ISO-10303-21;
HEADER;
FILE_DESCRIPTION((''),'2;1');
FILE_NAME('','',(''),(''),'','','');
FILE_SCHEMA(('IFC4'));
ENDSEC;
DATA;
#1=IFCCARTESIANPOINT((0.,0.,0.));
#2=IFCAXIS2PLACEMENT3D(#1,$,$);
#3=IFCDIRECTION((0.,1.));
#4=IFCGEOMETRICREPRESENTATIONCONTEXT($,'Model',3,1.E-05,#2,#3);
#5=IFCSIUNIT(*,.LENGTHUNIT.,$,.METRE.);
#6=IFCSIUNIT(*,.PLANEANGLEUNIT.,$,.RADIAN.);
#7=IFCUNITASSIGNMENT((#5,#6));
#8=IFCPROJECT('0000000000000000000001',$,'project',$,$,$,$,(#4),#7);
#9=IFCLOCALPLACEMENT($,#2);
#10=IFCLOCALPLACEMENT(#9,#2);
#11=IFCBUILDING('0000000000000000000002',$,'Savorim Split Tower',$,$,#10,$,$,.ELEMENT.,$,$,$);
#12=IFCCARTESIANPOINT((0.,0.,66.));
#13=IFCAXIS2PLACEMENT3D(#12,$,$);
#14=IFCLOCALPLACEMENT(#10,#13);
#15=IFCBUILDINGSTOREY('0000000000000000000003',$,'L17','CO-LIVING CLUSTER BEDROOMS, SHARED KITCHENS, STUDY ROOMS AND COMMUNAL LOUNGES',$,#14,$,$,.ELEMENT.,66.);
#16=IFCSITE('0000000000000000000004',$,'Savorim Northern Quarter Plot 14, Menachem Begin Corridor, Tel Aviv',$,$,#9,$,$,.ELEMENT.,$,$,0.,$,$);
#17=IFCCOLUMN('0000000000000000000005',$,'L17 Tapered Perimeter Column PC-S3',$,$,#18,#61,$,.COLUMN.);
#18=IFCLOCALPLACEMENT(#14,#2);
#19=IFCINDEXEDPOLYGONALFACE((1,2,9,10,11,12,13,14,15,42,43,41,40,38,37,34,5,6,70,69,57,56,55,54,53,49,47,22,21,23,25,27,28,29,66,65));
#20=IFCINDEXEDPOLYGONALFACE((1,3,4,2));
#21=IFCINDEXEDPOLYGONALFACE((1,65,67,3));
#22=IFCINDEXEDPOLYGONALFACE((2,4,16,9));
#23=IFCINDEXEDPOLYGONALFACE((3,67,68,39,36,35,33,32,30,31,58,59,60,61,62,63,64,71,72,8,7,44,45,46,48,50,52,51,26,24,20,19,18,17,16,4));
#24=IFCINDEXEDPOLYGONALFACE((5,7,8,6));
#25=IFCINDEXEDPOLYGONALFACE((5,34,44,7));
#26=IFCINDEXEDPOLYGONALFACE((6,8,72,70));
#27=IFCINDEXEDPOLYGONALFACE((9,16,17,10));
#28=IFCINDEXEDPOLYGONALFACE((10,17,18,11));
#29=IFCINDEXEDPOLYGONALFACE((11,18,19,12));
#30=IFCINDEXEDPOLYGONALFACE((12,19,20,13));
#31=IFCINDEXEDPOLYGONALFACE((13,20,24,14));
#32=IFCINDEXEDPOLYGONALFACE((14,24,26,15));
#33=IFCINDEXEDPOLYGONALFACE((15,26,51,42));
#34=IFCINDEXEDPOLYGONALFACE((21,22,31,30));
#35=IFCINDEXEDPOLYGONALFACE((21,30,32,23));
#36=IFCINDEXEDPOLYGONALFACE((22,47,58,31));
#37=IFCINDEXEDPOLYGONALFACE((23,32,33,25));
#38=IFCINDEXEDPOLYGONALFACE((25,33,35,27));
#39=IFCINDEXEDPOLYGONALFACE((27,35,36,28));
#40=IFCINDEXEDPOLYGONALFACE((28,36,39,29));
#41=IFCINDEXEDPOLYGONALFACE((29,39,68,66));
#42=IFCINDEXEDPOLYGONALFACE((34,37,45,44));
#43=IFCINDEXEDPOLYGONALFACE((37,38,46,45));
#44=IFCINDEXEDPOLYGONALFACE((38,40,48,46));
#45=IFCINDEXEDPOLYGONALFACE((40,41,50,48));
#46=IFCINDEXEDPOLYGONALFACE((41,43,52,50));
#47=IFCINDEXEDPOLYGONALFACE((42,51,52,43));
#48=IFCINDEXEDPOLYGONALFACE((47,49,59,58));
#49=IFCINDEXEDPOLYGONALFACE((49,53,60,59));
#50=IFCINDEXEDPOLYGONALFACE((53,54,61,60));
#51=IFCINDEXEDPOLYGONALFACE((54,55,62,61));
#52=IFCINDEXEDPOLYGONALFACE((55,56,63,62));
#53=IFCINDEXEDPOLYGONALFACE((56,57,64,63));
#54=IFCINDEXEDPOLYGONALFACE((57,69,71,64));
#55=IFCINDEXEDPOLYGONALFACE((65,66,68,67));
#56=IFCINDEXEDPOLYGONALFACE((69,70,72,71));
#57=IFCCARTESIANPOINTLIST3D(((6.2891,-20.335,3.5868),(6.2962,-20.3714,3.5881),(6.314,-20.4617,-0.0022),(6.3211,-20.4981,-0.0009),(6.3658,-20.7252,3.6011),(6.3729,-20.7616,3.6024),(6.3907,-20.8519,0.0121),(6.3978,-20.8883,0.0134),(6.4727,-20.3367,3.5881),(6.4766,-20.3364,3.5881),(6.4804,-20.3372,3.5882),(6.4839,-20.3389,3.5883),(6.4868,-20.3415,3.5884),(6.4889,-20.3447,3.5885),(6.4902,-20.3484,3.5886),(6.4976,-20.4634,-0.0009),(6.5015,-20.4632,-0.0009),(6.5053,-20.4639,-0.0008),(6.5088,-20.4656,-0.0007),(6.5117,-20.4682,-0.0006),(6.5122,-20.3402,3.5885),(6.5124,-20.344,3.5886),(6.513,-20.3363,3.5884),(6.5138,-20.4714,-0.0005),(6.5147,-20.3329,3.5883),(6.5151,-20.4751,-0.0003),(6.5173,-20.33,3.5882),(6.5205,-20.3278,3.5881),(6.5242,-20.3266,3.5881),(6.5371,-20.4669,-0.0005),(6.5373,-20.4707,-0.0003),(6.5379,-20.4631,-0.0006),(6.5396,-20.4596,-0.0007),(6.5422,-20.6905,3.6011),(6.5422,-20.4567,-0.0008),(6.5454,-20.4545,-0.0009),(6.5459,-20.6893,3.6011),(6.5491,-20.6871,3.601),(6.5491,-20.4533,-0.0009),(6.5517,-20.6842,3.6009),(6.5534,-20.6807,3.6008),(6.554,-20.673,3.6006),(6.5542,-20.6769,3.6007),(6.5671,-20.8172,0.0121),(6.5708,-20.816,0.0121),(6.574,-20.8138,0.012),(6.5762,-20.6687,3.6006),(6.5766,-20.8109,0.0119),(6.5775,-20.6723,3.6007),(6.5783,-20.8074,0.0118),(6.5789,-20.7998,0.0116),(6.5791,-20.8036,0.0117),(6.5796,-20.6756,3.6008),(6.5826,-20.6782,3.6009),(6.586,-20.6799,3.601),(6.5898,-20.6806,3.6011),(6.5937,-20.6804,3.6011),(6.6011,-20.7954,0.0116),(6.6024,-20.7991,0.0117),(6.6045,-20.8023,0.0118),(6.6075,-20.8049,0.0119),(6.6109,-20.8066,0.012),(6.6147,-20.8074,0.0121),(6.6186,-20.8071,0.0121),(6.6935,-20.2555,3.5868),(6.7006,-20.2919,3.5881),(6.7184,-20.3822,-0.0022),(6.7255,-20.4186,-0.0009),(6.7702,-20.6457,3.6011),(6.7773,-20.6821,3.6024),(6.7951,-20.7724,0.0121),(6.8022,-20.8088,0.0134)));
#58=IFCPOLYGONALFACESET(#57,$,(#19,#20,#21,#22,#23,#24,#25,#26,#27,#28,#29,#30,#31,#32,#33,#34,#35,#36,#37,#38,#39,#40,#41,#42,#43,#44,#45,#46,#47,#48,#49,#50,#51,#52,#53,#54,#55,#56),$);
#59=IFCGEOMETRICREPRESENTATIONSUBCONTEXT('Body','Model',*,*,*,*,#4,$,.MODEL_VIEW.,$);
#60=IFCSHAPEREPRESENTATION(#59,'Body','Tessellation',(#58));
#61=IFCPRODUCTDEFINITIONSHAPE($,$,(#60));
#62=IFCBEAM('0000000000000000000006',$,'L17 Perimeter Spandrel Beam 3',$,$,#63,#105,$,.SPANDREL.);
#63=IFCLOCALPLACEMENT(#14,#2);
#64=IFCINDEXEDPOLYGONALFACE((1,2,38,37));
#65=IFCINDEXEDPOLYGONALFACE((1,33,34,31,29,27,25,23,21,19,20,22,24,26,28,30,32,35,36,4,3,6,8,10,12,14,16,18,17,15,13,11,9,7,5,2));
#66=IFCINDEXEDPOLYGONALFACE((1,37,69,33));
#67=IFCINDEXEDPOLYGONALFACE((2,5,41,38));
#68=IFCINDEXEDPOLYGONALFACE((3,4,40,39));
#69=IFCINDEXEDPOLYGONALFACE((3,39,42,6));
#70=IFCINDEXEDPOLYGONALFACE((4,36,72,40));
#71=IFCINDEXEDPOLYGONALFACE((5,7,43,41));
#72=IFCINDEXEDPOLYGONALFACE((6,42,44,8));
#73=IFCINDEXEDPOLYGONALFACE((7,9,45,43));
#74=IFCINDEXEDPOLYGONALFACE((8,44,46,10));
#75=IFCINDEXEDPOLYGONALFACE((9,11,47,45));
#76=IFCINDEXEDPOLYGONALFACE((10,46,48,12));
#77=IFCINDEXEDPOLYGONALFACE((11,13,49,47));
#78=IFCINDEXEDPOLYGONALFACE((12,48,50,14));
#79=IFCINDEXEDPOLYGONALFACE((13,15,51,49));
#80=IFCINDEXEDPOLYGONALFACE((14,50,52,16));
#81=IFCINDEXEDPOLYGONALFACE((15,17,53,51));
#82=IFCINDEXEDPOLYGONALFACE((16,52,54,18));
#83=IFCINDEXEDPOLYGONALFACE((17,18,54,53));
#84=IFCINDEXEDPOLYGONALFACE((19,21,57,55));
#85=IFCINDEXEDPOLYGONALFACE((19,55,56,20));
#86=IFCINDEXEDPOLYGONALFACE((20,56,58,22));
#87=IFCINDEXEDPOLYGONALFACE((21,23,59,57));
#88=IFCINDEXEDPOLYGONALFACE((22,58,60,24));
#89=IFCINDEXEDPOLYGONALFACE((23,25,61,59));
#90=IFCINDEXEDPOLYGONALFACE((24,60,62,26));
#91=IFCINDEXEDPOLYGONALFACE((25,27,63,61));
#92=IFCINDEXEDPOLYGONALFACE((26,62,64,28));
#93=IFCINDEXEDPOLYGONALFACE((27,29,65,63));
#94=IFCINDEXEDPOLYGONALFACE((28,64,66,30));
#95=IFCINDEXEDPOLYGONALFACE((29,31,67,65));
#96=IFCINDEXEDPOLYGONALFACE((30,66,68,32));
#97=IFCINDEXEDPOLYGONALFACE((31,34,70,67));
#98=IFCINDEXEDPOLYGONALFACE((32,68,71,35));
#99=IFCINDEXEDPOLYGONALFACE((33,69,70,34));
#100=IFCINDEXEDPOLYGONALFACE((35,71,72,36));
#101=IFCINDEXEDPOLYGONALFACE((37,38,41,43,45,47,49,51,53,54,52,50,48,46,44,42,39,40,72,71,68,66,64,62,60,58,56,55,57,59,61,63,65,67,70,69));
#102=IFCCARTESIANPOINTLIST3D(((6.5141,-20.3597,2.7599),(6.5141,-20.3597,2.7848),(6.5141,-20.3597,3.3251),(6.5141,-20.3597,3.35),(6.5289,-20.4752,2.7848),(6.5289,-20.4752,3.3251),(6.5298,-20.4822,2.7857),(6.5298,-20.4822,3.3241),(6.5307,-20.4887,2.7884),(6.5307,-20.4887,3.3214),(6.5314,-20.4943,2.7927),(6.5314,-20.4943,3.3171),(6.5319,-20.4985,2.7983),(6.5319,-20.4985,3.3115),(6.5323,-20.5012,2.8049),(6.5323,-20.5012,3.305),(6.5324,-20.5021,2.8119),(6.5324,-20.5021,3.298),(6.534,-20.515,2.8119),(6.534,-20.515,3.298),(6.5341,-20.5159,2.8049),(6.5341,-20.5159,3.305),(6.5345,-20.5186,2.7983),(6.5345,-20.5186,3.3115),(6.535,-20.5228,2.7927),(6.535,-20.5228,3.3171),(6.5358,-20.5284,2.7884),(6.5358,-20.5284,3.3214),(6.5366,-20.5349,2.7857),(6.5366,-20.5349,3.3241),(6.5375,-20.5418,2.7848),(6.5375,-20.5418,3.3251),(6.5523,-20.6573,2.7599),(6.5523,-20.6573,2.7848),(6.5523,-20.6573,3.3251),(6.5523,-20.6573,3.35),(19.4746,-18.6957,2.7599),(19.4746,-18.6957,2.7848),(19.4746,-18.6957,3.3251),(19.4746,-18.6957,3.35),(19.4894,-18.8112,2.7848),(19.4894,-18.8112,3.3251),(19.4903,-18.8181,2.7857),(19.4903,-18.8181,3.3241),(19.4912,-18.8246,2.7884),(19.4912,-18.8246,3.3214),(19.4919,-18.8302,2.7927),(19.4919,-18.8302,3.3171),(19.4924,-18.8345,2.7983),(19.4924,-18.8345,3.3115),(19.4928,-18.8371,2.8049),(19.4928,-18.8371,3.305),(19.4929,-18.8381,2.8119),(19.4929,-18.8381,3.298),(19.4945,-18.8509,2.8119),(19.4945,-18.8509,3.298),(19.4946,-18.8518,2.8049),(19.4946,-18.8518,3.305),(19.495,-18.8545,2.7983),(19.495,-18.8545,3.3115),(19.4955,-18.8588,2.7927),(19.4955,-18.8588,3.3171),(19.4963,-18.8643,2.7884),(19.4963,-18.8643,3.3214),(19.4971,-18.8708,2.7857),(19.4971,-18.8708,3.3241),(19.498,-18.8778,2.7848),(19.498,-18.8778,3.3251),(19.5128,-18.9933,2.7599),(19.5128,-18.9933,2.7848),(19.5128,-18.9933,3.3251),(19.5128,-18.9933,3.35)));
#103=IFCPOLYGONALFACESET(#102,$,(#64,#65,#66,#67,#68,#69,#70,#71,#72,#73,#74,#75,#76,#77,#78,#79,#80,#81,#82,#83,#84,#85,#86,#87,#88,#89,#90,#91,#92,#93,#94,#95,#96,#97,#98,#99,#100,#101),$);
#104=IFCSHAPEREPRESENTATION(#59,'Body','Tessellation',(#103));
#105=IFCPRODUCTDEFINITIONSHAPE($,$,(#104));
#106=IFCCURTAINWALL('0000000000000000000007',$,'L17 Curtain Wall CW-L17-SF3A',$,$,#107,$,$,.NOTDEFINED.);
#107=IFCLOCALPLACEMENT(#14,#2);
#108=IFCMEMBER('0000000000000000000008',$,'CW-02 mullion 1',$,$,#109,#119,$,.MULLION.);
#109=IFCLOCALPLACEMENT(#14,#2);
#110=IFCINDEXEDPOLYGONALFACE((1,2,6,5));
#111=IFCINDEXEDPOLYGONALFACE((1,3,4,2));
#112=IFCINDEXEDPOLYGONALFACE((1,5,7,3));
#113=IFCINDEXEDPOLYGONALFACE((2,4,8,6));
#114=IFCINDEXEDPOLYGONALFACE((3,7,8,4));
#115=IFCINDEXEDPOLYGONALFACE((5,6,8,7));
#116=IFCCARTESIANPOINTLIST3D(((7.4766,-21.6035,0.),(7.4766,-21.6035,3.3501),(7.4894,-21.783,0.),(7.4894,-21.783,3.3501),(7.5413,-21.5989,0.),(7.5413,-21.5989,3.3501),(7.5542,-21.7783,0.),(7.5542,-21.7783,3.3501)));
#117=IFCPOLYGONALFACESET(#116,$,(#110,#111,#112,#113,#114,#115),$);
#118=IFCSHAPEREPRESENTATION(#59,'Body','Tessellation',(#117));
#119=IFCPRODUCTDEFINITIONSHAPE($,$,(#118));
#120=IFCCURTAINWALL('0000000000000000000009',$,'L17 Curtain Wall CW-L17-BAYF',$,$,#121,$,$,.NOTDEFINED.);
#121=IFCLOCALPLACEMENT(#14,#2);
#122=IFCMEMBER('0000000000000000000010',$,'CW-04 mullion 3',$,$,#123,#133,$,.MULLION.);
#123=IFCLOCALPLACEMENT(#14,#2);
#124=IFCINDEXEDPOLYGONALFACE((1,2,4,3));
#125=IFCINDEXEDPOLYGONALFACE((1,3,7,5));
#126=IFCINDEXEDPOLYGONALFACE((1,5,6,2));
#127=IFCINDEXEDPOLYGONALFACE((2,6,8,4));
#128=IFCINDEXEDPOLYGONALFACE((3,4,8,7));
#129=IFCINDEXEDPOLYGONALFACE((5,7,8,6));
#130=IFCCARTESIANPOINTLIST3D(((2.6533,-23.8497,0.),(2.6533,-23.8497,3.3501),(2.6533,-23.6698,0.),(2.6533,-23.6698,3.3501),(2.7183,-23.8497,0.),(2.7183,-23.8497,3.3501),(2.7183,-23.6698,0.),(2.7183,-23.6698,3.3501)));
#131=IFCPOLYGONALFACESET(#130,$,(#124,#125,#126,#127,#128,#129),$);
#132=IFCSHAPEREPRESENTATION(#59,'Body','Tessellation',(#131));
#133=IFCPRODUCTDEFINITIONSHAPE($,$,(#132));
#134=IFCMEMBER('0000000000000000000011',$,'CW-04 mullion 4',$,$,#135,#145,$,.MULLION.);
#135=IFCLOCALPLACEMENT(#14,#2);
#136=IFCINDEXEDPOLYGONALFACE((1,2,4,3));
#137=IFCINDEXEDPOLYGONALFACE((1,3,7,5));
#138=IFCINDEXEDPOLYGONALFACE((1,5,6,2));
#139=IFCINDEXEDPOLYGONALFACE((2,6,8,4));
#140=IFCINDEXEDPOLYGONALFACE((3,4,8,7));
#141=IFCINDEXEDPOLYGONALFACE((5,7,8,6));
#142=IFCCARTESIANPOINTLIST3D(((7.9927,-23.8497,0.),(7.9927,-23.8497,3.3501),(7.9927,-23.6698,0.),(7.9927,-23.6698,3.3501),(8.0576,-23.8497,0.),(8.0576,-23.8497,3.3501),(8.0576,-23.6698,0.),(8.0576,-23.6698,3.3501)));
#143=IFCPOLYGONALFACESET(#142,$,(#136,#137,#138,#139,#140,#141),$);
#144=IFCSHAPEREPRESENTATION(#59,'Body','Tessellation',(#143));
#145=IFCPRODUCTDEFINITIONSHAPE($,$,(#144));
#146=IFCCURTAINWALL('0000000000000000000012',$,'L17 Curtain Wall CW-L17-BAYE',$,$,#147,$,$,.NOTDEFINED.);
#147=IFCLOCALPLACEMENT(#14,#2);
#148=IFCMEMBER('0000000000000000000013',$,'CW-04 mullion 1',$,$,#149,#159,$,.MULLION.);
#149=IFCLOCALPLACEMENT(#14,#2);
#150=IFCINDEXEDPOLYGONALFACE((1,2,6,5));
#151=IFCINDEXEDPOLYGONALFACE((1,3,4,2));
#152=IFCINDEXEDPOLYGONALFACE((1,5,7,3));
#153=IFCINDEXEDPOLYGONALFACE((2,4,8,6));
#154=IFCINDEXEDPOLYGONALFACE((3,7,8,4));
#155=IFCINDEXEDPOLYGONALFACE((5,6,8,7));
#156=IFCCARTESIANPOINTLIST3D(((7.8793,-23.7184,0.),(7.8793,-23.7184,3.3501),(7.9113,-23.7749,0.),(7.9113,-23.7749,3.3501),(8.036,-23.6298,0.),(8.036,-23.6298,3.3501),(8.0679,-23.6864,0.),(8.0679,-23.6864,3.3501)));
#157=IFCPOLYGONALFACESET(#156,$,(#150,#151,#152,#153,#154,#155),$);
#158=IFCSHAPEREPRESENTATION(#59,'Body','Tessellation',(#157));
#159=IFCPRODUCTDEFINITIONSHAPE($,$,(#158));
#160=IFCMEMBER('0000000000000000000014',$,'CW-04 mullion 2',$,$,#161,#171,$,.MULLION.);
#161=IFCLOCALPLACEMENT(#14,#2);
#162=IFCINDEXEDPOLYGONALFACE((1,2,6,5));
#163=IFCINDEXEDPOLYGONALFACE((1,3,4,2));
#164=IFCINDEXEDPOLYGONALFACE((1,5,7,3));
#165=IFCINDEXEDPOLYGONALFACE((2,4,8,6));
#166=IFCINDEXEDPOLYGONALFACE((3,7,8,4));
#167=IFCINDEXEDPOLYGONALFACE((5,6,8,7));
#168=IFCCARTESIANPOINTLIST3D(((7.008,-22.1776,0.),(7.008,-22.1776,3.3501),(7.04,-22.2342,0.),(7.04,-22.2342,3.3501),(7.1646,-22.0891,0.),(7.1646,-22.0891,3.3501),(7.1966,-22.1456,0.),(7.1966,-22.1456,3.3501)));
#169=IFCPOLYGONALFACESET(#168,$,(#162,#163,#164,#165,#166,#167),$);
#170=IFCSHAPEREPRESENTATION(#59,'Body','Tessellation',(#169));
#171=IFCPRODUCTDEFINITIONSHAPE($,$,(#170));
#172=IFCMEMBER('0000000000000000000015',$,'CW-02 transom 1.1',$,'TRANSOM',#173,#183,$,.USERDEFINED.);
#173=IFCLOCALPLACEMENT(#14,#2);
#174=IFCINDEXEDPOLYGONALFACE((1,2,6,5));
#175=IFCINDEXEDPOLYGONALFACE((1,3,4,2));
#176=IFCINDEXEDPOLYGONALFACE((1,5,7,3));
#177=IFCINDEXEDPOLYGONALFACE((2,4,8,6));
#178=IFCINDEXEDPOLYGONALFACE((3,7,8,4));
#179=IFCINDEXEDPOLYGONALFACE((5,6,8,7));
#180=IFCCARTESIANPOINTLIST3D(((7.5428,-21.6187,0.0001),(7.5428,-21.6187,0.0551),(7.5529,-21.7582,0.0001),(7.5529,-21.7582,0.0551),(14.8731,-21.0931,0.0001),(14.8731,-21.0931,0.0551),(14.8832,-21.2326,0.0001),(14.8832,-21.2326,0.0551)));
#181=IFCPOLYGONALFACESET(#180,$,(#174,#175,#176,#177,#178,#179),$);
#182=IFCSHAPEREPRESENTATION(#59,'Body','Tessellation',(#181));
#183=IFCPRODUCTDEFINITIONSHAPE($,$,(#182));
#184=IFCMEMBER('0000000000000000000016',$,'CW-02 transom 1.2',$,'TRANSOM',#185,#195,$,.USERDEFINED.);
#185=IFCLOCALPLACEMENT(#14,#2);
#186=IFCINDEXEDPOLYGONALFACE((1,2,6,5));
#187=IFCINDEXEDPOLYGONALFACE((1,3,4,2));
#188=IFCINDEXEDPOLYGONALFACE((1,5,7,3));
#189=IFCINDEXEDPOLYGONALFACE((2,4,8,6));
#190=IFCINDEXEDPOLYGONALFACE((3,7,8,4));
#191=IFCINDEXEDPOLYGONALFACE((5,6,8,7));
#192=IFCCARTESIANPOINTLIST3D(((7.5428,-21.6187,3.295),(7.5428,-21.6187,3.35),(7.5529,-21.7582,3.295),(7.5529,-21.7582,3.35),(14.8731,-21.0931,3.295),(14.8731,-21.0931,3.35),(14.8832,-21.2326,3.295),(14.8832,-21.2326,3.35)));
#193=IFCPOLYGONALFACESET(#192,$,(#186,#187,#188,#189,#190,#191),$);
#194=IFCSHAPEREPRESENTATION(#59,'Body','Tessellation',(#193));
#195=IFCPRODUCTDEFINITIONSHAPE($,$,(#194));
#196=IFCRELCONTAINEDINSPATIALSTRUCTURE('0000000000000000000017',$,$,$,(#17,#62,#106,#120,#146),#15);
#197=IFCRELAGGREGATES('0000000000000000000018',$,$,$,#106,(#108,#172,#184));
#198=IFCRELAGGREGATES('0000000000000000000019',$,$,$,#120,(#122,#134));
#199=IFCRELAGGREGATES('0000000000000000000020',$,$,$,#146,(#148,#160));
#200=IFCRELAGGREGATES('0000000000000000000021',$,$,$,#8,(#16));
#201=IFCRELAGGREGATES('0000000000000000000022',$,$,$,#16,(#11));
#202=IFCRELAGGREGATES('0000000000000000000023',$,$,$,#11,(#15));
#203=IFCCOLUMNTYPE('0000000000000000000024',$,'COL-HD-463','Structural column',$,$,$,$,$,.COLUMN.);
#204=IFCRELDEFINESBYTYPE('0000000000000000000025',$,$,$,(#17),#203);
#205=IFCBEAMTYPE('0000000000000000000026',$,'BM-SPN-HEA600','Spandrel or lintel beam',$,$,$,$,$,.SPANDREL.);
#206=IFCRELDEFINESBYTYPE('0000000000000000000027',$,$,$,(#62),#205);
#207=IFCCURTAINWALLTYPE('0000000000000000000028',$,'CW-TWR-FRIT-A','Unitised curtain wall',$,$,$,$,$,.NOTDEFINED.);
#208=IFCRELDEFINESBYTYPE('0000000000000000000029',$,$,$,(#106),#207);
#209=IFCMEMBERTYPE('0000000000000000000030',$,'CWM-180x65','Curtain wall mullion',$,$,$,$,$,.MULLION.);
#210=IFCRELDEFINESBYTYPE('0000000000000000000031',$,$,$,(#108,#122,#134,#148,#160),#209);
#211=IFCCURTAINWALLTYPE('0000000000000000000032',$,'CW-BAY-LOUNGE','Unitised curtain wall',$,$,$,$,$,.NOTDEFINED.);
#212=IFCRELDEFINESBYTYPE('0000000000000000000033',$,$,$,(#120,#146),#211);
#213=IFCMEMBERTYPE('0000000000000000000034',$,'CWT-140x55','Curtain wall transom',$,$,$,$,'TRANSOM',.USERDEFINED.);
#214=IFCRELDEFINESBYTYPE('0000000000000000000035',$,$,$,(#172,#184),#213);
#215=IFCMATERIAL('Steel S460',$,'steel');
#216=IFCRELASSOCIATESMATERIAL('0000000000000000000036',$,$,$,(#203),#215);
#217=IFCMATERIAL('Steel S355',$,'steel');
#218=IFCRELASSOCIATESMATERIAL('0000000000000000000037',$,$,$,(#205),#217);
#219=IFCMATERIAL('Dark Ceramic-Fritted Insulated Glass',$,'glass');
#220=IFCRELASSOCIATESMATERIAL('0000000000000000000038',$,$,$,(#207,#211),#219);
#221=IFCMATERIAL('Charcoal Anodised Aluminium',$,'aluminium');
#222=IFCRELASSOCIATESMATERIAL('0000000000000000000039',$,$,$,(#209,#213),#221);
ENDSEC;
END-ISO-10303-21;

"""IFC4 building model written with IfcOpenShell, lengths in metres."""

from ifc_helpers import new_model, si_unit, direction, frame, origin, origin_2d, place, context, subcontext, project, spatial, rectangle, i_section, extrude, material, material_profile, profile_set, type_object, element, aggregate, save


model = new_model("IFC4")

# Units and contexts
model_context = context("Model", 3, precision=1e-05, world=origin(), true_north=direction((0.0, 1.0)))
body_context = subcontext(model_context, "Body", "Model", "MODEL_VIEW")
ifc_project = project(units=[si_unit("LENGTHUNIT", "METRE"), si_unit("PLANEANGLEUNIT", "RADIAN")], contexts=[model_context])

# Site, building, storey
site_placement = place(None, origin())
site = spatial("IfcSite", under=ifc_project, at=site_placement, Name="Savorim Northern Quarter Plot 14, Menachem Begin Corridor, Tel Aviv", CompositionType="ELEMENT", RefElevation=0.0)
building_placement = place(site_placement, origin())
building = spatial("IfcBuilding", under=site, at=building_placement, Name="Savorim Split Tower", CompositionType="ELEMENT")
storey_placement = place(building_placement, frame((0.0, 0.0, 66.0)))
storey = spatial("IfcBuildingStorey", under=building, at=storey_placement, Name="L17", Description="CO-LIVING CLUSTER BEDROOMS, SHARED KITCHENS, STUDY ROOMS AND COMMUNAL LOUNGES", CompositionType="ELEMENT", Elevation=66.0)

# Column
ifc_material_1 = material(Name="Steel S460", Category="steel")
ifc_material_profile_1 = material_profile(ifc_material_1, i_section(OverallWidth=0.4121, OverallDepth=0.4351, WebThickness=0.0227, FlangeThickness=0.0371, FilletRadius=0.0149, at=origin_2d()), Name="HD 400x463")
ifc_profile_set_1 = profile_set([ifc_material_profile_1], Name="Steel S460")
column_type = type_object("IfcColumnType", Name="COL-HD-463", Description="Structural column", PredefinedType="COLUMN", material=ifc_profile_set_1)
column_placement = place(storey_placement, frame((6.5581, -20.6353, 0.0056), z_axis=(-0.006934, 0.035283, 0.999353), x_axis=(-0.98123, -0.192843, 0.0)))
element("IfcColumn", 1, at=column_placement, inside=storey, type_object=column_type, Name="L17 Tapered Perimeter Column PC-S3", PredefinedType="COLUMN", context=body_context, shape_type="SweptSolid", body=[
    extrude(i_section(OverallWidth=0.4121, OverallDepth=0.4351, WebThickness=0.0227, FlangeThickness=0.0371, FilletRadius=0.0149, at=origin_2d()), origin(), (0.0, 0.0, 1.0), 3.5913),
])

# Beam
ifc_material_2 = material(Name="Steel S355", Category="steel")
ifc_material_profile_2 = material_profile(ifc_material_2, i_section(OverallWidth=0.3, OverallDepth=0.5901, WebThickness=0.0129, FlangeThickness=0.0249, FilletRadius=0.0271, at=origin_2d()), Name="HEA 600")
ifc_profile_set_2 = profile_set([ifc_material_profile_2], Name="Steel S355")
beam_type = type_object("IfcBeamType", Name="BM-SPN-HEA600", Description="Spandrel or lintel beam", PredefinedType="SPANDREL", material=ifc_profile_set_2)
beam_placement = place(storey_placement, frame((6.5332, -20.5085, 3.0549), z_axis=(0.991858, 0.12735, 0.0), x_axis=(-0.12735, 0.991858, 0.0)))
element("IfcBeam", 2, at=beam_placement, inside=storey, type_object=beam_type, Name="L17 Perimeter Spandrel Beam 3", PredefinedType="SPANDREL", context=body_context, shape_type="SweptSolid", body=[
    extrude(i_section(OverallWidth=0.3, OverallDepth=0.5901, WebThickness=0.0129, FlangeThickness=0.0249, FilletRadius=0.0271, at=origin_2d()), origin(), (0.0, 0.0, 1.0), 13.0669),
])

# Curtain wall, member
ifc_material_3 = material(Name="Dark Ceramic-Fritted Insulated Glass", Category="glass")
curtain_wall_type_1 = type_object("IfcCurtainWallType", Name="CW-TWR-FRIT-A", Description="Unitised curtain wall", PredefinedType="NOTDEFINED", material=ifc_material_3)
curtain_wall_1_placement = place(storey_placement, origin())
curtain_wall_1 = element("IfcCurtainWall", 3, at=curtain_wall_1_placement, inside=storey, type_object=curtain_wall_type_1, Name="L17 Curtain Wall CW-L17-SF3A", PredefinedType="NOTDEFINED")
ifc_material_4 = material(Name="Charcoal Anodised Aluminium", Category="aluminium")
ifc_material_profile_3 = material_profile(ifc_material_4, rectangle(XDim=0.1799, YDim=0.0649, at=origin_2d()), Name="ALU-M 180x65")
ifc_profile_set_3 = profile_set([ifc_material_profile_3], Name="Charcoal Anodised Aluminium")
member_type_1 = type_object("IfcMemberType", Name="CWM-180x65", Description="Curtain wall mullion", PredefinedType="MULLION", material=ifc_profile_set_3)
member_1_placement = place(storey_placement, frame((7.5154, -21.6909, 0.0), z_axis=(0.0, 0.0, 1.0), x_axis=(-0.071546, 0.997437, 0.0)))
member_1 = element("IfcMember", 4, at=member_1_placement, type_object=member_type_1, Name="CW-02 mullion 1", PredefinedType="MULLION", context=body_context, shape_type="SweptSolid", body=[
    extrude(rectangle(XDim=0.1799, YDim=0.0649, at=origin_2d()), origin(), (0.0, 0.0, 1.0), 3.3501),
])

# Curtain walls, members
curtain_wall_type_2 = type_object("IfcCurtainWallType", Name="CW-BAY-LOUNGE", Description="Unitised curtain wall", PredefinedType="NOTDEFINED", material=ifc_material_3)
curtain_wall_2_placement = place(storey_placement, origin())
curtain_wall_2 = element("IfcCurtainWall", 5, at=curtain_wall_2_placement, inside=storey, type_object=curtain_wall_type_2, Name="L17 Curtain Wall CW-L17-BAYF", PredefinedType="NOTDEFINED")
member_2_placement = place(storey_placement, frame((2.6858, -23.7598, 0.0), z_axis=(0.0, 0.0, 1.0), x_axis=(0.0, 1.0, 0.0)))
member_2 = element("IfcMember", 6, at=member_2_placement, type_object=member_type_1, Name="CW-04 mullion 3", PredefinedType="MULLION", context=body_context, shape_type="SweptSolid", body=[
    extrude(rectangle(XDim=0.1799, YDim=0.0649, at=origin_2d()), origin(), (0.0, 0.0, 1.0), 3.3501),
])
member_3_placement = place(storey_placement, frame((8.0251, -23.7598, 0.0), z_axis=(0.0, 0.0, 1.0), x_axis=(0.0, 1.0, 0.0)))
member_3 = element("IfcMember", 7, at=member_3_placement, type_object=member_type_1, Name="CW-04 mullion 4", PredefinedType="MULLION", context=body_context, shape_type="SweptSolid", body=[
    extrude(rectangle(XDim=0.1799, YDim=0.0649, at=origin_2d()), origin(), (0.0, 0.0, 1.0), 3.3501),
])
curtain_wall_3_placement = place(storey_placement, origin())
curtain_wall_3 = element("IfcCurtainWall", 8, at=curtain_wall_3_placement, inside=storey, type_object=curtain_wall_type_2, Name="L17 Curtain Wall CW-L17-BAYE", PredefinedType="NOTDEFINED")
member_4_placement = place(storey_placement, frame((7.9736, -23.7024, 0.0), z_axis=(0.0, 0.0, 1.0), x_axis=(-0.870451, -0.492255, 0.0)))
member_4 = element("IfcMember", 9, at=member_4_placement, type_object=member_type_1, Name="CW-04 mullion 1", PredefinedType="MULLION", context=body_context, shape_type="SweptSolid", body=[
    extrude(rectangle(XDim=0.1799, YDim=0.0649, at=origin_2d()), origin(), (0.0, 0.0, 1.0), 3.3501),
])
member_5_placement = place(storey_placement, frame((7.1023, -22.1616, 0.0), z_axis=(0.0, 0.0, 1.0), x_axis=(-0.870451, -0.492255, 0.0)))
member_5 = element("IfcMember", 10, at=member_5_placement, type_object=member_type_1, Name="CW-04 mullion 2", PredefinedType="MULLION", context=body_context, shape_type="SweptSolid", body=[
    extrude(rectangle(XDim=0.1799, YDim=0.0649, at=origin_2d()), origin(), (0.0, 0.0, 1.0), 3.3501),
])

# Members
ifc_material_profile_4 = material_profile(ifc_material_4, rectangle(XDim=0.1399, YDim=0.0549, at=origin_2d()), Name="ALU-T 140x55")
ifc_profile_set_4 = profile_set([ifc_material_profile_4], Name="Charcoal Anodised Aluminium")
member_type_2 = type_object("IfcMemberType", Name="CWT-140x55", Description="Curtain wall transom", ElementType="TRANSOM", PredefinedType="USERDEFINED", material=ifc_profile_set_4)
member_6_placement = place(storey_placement, frame((7.5479, -21.6885, 0.0276), z_axis=(0.997439, 0.071523, 0.0), x_axis=(-0.071523, 0.997439, 0.0)))
member_6 = element("IfcMember", 11, at=member_6_placement, type_object=member_type_2, Name="CW-02 transom 1.1", ObjectType="TRANSOM", PredefinedType="USERDEFINED", context=body_context, shape_type="SweptSolid", body=[
    extrude(rectangle(XDim=0.1399, YDim=0.0549, at=origin_2d()), origin(), (0.0, 0.0, 1.0), 7.3491),
])
member_7_placement = place(storey_placement, frame((7.5479, -21.6885, 3.3225), z_axis=(0.997439, 0.071523, 0.0), x_axis=(-0.071523, 0.997439, 0.0)))
member_7 = element("IfcMember", 12, at=member_7_placement, type_object=member_type_2, Name="CW-02 transom 1.2", ObjectType="TRANSOM", PredefinedType="USERDEFINED", context=body_context, shape_type="SweptSolid", body=[
    extrude(rectangle(XDim=0.1399, YDim=0.0549, at=origin_2d()), origin(), (0.0, 0.0, 1.0), 7.3491),
])
aggregate(curtain_wall_1, [member_1, member_6, member_7])

aggregate(curtain_wall_2, [member_2, member_3])
aggregate(curtain_wall_3, [member_4, member_5])

save(model, "model.ifc")
